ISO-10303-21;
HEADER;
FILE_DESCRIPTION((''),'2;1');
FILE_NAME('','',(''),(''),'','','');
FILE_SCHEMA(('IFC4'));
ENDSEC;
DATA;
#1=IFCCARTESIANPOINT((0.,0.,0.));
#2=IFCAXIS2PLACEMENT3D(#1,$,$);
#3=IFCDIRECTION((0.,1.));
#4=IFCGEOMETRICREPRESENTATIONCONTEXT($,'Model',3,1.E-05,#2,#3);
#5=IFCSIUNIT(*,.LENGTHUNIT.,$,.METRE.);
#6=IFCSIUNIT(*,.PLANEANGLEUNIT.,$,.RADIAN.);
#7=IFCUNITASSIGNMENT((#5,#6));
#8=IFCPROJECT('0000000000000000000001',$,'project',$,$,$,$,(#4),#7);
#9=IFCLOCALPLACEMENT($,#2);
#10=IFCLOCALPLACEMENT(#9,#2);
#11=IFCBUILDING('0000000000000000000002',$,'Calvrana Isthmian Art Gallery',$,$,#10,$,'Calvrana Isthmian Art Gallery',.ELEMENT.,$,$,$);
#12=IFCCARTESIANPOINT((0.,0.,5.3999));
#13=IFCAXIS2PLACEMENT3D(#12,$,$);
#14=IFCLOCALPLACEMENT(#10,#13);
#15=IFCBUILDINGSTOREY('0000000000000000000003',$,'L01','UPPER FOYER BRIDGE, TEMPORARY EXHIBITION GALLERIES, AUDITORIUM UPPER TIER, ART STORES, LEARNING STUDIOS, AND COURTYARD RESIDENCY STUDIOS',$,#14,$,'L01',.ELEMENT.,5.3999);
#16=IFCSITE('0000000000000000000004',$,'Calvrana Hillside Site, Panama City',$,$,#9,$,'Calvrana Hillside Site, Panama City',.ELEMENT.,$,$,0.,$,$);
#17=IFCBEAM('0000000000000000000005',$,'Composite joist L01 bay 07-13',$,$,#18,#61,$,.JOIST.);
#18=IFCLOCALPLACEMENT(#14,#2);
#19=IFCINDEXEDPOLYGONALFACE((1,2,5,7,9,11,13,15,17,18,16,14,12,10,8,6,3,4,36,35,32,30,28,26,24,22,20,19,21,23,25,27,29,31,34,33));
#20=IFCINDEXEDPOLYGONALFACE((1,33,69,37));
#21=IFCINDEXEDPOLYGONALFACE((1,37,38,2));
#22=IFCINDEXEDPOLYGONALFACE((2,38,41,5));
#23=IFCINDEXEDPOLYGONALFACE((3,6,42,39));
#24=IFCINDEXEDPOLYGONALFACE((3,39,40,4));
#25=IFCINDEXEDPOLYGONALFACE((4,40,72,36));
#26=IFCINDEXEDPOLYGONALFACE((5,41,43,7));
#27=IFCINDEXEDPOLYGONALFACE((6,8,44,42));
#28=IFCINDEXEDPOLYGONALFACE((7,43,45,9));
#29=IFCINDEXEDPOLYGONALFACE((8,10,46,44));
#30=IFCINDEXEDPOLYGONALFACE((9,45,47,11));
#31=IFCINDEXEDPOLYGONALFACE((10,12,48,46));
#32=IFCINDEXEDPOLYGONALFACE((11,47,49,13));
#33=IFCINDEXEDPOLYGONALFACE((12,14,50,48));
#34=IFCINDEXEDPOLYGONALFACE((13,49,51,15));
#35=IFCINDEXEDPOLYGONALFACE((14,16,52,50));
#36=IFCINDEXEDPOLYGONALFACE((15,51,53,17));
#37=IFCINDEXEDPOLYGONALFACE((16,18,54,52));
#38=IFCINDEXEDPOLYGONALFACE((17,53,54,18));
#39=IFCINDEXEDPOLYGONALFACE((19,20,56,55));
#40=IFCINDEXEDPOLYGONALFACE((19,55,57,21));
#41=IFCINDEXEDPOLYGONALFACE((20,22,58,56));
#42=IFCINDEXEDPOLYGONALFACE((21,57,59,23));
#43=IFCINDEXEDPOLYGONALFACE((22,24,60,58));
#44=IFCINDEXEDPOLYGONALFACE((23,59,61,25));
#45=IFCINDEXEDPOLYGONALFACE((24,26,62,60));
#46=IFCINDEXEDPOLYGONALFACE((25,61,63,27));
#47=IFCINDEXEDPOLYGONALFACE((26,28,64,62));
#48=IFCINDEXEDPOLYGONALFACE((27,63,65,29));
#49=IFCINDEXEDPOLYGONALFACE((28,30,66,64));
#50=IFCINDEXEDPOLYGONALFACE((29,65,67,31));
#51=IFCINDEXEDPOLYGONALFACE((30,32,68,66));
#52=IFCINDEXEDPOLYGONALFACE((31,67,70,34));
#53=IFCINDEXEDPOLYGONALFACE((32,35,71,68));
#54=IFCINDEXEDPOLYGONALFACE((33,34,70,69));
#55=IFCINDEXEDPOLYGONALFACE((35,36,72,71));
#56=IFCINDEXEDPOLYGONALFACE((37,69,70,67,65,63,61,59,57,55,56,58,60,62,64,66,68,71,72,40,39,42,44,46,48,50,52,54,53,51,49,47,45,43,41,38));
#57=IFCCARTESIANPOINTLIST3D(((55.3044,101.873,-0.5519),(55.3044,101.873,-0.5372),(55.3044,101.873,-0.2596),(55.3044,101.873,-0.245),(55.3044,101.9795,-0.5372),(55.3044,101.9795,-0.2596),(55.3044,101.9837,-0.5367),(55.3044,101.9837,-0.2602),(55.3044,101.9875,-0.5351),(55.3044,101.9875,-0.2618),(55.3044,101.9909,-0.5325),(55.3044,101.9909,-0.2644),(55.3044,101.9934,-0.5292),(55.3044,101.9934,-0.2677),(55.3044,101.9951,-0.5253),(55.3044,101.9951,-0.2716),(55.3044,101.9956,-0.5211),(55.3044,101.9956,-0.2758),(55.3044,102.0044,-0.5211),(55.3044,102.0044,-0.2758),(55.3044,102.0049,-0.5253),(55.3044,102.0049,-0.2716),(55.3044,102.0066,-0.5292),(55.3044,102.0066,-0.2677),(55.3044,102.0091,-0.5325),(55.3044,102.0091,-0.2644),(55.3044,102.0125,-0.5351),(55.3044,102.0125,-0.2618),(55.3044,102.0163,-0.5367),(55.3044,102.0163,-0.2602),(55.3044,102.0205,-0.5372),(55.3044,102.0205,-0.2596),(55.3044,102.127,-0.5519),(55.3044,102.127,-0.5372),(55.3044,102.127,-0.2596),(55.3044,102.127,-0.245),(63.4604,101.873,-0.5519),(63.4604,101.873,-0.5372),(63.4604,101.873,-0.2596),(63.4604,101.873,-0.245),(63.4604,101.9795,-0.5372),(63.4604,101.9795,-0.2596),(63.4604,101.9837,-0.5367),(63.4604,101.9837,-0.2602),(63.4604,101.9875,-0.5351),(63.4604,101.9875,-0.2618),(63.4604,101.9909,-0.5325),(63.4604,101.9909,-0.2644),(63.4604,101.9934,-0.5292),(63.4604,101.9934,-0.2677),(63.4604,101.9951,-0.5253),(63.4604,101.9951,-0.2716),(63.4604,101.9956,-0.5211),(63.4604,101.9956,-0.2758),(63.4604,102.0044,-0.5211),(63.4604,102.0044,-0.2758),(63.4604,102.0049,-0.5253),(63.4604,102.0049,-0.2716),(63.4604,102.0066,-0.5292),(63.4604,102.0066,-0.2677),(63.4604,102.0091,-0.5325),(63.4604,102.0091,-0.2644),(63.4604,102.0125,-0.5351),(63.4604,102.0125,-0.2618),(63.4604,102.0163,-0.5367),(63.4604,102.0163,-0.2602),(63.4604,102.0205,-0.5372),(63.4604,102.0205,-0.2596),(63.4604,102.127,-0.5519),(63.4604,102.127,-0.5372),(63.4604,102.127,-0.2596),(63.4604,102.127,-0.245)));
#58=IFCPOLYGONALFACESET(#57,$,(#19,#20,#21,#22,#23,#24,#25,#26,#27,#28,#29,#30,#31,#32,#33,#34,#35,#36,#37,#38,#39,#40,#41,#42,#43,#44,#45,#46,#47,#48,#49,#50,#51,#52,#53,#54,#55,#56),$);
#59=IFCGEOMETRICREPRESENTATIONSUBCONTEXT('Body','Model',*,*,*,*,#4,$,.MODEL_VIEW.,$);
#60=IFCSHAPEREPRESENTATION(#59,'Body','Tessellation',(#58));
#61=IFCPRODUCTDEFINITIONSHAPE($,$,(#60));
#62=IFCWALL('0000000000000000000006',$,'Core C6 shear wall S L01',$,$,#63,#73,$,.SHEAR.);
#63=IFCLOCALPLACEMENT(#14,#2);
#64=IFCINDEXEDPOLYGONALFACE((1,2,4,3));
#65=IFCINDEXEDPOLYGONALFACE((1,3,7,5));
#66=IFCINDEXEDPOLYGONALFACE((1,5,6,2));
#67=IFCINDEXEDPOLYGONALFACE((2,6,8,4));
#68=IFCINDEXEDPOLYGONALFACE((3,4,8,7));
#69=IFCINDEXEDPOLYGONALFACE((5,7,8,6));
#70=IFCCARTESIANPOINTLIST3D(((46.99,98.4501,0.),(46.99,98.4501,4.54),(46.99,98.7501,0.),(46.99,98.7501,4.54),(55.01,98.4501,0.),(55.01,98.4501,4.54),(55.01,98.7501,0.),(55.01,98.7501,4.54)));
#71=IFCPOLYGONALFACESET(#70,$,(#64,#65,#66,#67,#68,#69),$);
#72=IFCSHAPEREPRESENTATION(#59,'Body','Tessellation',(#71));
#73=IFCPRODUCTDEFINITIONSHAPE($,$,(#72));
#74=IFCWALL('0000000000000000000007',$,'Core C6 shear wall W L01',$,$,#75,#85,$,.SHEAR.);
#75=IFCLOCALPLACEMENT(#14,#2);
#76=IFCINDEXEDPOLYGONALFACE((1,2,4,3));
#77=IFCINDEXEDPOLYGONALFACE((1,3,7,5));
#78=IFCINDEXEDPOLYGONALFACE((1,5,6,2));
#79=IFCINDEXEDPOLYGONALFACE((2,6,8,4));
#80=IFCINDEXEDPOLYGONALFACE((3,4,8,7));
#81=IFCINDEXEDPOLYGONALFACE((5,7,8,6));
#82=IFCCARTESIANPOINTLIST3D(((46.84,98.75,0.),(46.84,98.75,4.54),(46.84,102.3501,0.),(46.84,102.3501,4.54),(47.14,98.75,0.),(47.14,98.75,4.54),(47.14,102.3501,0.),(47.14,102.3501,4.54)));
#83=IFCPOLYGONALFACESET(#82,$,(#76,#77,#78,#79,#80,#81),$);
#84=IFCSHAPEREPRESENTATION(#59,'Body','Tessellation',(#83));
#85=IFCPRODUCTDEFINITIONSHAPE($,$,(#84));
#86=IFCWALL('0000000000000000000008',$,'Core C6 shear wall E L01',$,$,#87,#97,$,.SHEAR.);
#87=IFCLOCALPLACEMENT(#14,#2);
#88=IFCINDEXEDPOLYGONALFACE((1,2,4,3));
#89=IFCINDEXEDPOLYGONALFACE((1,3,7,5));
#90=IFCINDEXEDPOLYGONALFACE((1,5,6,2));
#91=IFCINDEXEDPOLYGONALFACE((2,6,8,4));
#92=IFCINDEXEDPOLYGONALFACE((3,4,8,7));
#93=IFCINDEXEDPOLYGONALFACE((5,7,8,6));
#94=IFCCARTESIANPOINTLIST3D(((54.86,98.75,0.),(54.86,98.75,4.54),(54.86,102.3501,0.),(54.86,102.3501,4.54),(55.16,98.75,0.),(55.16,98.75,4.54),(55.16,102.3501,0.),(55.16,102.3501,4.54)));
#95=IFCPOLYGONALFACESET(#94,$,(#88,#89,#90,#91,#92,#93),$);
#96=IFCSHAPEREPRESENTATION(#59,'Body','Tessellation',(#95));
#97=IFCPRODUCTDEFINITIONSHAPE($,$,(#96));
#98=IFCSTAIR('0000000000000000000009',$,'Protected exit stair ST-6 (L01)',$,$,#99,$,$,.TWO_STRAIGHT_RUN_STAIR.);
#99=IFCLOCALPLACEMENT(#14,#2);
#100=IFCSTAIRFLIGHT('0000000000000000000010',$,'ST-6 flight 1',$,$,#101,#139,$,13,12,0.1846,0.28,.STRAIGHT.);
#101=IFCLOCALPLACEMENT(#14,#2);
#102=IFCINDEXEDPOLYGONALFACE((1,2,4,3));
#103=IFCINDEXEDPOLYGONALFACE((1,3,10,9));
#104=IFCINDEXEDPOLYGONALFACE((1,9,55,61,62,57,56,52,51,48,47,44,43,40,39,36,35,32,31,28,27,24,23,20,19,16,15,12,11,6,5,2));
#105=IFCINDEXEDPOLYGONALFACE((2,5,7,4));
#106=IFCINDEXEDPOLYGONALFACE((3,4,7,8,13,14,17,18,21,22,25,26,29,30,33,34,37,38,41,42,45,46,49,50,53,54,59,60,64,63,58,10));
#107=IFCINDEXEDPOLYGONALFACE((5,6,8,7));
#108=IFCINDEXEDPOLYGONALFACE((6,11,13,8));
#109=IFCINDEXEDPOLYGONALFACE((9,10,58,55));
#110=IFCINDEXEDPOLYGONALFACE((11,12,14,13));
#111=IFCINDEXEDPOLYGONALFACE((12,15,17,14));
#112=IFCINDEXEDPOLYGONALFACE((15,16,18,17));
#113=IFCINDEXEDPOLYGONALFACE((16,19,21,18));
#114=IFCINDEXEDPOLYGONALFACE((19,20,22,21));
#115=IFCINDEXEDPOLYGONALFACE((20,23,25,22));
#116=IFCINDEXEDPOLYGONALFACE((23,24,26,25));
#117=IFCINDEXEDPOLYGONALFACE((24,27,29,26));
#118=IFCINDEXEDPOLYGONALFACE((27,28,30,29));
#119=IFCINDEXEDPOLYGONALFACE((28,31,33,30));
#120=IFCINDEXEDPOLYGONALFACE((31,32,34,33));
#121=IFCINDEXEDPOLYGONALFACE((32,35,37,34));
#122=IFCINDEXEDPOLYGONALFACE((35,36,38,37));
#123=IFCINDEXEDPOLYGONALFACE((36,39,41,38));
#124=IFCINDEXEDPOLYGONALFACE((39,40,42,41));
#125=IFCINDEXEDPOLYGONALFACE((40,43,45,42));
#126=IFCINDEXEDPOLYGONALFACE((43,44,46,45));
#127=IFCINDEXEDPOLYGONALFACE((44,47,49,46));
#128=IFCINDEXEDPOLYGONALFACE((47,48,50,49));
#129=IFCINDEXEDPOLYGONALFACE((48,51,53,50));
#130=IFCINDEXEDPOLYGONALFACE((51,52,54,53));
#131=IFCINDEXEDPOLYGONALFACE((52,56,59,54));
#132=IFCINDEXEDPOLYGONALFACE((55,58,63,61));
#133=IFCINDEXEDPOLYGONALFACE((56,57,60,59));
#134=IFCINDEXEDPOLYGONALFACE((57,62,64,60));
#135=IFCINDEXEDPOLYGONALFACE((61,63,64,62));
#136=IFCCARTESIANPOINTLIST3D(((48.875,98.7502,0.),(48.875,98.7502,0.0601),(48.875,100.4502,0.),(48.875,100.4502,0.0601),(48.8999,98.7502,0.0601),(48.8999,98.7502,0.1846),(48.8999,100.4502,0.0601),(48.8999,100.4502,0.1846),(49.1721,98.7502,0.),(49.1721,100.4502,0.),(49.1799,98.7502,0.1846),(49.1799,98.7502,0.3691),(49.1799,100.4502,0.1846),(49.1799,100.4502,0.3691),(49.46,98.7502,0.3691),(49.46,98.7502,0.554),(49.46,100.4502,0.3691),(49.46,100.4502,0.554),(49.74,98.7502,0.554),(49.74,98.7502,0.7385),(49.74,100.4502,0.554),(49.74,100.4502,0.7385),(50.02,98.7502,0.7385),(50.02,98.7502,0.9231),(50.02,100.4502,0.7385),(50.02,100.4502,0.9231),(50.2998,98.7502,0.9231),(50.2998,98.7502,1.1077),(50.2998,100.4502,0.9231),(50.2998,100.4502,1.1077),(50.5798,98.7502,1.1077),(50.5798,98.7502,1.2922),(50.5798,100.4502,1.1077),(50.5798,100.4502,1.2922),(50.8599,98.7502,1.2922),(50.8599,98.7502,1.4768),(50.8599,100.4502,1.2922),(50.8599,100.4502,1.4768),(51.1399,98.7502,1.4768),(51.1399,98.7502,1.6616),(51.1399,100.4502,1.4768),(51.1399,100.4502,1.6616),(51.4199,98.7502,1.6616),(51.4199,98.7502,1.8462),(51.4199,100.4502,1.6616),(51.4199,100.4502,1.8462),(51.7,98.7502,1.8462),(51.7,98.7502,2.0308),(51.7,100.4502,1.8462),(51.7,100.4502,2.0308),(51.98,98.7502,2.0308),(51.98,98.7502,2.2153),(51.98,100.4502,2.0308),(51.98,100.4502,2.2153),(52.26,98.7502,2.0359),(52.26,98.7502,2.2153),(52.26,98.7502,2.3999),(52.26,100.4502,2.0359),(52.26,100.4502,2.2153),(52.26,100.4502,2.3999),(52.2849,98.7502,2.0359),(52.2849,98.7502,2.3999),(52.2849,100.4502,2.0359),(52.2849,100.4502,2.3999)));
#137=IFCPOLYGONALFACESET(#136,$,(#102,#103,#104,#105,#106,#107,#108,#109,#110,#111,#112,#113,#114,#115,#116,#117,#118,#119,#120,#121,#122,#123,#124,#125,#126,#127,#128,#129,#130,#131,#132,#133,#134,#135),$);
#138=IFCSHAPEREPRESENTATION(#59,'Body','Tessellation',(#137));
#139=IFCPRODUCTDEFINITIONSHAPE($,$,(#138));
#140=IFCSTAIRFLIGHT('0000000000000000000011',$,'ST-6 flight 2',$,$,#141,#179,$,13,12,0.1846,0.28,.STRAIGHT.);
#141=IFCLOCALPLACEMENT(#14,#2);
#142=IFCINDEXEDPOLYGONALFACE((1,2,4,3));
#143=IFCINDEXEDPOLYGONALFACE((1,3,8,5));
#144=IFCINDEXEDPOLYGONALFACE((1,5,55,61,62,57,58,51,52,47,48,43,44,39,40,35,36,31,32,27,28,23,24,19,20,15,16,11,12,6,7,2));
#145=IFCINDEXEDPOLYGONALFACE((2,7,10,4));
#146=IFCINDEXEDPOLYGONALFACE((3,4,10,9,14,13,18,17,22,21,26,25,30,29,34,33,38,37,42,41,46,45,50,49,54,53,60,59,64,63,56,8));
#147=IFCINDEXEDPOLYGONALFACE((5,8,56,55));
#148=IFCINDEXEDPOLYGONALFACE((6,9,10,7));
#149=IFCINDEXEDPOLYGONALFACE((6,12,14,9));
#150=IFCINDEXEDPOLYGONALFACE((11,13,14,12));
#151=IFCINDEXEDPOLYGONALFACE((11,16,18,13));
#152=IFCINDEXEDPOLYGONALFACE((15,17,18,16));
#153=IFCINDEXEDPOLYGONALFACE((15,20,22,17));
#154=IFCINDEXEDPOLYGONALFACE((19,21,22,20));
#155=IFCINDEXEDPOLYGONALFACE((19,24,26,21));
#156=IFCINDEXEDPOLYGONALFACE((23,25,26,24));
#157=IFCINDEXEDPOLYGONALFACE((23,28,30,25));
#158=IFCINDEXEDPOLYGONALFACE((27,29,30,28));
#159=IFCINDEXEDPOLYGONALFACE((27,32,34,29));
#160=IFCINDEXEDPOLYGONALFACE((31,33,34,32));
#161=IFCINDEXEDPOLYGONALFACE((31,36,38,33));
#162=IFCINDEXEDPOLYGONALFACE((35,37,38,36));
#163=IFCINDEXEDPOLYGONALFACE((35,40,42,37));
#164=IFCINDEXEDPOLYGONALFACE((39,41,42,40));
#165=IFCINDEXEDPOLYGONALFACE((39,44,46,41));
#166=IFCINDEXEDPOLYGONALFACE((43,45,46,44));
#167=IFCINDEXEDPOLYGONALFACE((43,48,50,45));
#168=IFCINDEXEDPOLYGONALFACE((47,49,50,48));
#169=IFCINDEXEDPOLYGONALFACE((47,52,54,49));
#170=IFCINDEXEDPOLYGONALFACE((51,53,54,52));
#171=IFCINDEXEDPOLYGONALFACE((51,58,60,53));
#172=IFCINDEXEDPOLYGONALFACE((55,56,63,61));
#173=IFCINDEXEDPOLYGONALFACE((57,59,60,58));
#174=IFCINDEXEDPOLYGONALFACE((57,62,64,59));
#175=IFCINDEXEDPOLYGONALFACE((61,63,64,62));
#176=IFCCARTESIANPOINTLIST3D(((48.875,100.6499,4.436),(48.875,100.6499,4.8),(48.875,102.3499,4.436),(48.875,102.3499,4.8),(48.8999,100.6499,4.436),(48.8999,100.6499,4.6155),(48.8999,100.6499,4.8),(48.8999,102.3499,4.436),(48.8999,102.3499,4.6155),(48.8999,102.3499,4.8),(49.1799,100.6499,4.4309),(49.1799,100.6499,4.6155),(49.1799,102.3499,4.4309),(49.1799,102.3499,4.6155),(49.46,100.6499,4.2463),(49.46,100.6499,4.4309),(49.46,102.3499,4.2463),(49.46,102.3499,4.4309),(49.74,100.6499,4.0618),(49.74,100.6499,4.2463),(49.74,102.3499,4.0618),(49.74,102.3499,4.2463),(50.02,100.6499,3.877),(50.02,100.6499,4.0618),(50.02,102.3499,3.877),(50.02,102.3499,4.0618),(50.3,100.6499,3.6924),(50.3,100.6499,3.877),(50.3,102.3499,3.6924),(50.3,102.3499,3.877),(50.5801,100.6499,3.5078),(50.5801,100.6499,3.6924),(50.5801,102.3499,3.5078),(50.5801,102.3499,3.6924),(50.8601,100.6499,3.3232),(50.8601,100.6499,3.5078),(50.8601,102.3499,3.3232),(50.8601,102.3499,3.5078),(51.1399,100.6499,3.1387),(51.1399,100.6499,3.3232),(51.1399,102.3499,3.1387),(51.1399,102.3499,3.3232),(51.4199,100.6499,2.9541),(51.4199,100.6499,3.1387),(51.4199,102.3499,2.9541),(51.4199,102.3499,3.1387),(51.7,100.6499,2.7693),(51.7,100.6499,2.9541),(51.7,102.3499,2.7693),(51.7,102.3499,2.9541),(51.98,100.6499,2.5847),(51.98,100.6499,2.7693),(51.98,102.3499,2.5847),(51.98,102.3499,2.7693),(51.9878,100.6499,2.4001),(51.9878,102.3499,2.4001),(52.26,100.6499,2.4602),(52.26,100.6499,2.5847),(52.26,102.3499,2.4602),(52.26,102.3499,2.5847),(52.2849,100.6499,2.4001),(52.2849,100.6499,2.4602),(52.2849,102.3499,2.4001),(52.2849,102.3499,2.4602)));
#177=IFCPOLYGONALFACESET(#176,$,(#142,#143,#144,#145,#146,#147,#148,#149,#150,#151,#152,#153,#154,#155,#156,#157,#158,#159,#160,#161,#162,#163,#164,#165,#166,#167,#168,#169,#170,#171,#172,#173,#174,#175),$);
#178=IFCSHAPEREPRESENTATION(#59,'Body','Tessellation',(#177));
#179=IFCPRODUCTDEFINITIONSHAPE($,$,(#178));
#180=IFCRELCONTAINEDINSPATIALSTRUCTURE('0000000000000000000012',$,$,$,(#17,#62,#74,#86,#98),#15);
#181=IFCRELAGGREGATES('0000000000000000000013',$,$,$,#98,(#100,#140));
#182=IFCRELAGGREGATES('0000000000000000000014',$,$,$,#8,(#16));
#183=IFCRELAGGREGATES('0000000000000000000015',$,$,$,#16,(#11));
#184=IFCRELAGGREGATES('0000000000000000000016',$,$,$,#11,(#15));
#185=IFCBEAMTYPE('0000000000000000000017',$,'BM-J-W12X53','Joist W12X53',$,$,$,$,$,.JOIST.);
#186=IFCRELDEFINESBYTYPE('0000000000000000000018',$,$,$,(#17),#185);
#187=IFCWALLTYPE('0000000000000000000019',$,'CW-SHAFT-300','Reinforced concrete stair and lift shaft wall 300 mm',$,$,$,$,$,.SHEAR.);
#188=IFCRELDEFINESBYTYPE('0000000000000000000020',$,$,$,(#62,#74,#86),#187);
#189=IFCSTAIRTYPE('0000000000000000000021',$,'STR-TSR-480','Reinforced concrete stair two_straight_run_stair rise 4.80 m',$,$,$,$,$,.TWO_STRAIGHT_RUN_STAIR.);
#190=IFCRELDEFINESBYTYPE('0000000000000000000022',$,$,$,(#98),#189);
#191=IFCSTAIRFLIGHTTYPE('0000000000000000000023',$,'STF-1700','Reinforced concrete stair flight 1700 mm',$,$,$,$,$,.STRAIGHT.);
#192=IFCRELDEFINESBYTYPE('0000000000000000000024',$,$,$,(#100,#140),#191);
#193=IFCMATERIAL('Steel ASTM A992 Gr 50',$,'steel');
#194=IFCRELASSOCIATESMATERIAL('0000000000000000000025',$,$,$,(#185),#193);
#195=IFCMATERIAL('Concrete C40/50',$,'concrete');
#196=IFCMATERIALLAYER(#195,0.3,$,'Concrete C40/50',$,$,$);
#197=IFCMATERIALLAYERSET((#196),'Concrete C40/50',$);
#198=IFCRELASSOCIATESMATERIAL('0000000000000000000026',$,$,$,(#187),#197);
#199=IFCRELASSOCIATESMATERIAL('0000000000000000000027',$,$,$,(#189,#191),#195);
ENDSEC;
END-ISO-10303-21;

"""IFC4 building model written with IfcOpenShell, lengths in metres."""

from ifc_helpers import new_model, si_unit, direction, frame, frame_2d, origin, origin_2d, place, context, subcontext, project, spatial, polyline, rectangle, i_section, outline, extrude, material, layer, layer_set, material_profile, profile_set, type_object, element, aggregate, save


model = new_model("IFC4")

# Units and contexts
model_context = context("Model", 3, precision=1e-05, world=origin(), true_north=direction((0.0, 1.0)))
body_context = subcontext(model_context, "Body", "Model", "MODEL_VIEW")
ifc_project = project(units=[si_unit("LENGTHUNIT", "METRE"), si_unit("PLANEANGLEUNIT", "RADIAN")], contexts=[model_context])

# Site, building, storey
site_placement = place(None, origin())
site = spatial("IfcSite", under=ifc_project, at=site_placement, Name="Calvrana Hillside Site, Panama City", LongName="Calvrana Hillside Site, Panama City", CompositionType="ELEMENT", RefElevation=0.0)
building_placement = place(site_placement, origin())
building = spatial("IfcBuilding", under=site, at=building_placement, Name="Calvrana Isthmian Art Gallery", LongName="Calvrana Isthmian Art Gallery", CompositionType="ELEMENT")
storey_placement = place(building_placement, frame((0.0, 0.0, 5.3999)))
storey = spatial("IfcBuildingStorey", under=building, at=storey_placement, Name="L01", Description="UPPER FOYER BRIDGE, TEMPORARY EXHIBITION GALLERIES, AUDITORIUM UPPER TIER, ART STORES, LEARNING STUDIOS, AND COURTYARD RESIDENCY STUDIOS", LongName="L01", CompositionType="ELEMENT", Elevation=5.3999)

# Shared definitions
ifc_material_1 = material(Name="Steel ASTM A992 Gr 50", Category="steel")

# Beam
ifc_material_profile_1 = material_profile(ifc_material_1, i_section(OverallWidth=0.2539, OverallDepth=0.3069, WebThickness=0.0088, FlangeThickness=0.0146, FilletRadius=0.0161, at=origin_2d()), Name="W12X53")
ifc_profile_set_1 = profile_set([ifc_material_profile_1], Name="Steel ASTM A992 Gr 50")
beam_type_1 = type_object("IfcBeamType", Name="BM-J-W12X53", Description="Joist W12X53", PredefinedType="JOIST", material=ifc_profile_set_1)
beam_1_placement = place(storey_placement, frame((55.3044, 102.0, -0.3984), z_axis=(1.0, 0.0, 0.0), x_axis=(0.0, 1.0, 0.0)))
element("IfcBeam", 1, at=beam_1_placement, inside=storey, type_object=beam_type_1, Name="Composite joist L01 bay 07-13", PredefinedType="JOIST", context=body_context, shape_type="SweptSolid", body=[
    extrude(i_section(OverallWidth=0.2539, OverallDepth=0.3069, WebThickness=0.0088, FlangeThickness=0.0146, FilletRadius=0.0161, at=origin_2d()), origin(), (0.0, 0.0, 1.0), 8.156),
])

# Walls
ifc_material_2 = material(Name="Concrete C40/50", Category="concrete")
ifc_layer = layer(ifc_material_2, 0.3, Name="Concrete C40/50")
ifc_layer_set = layer_set([ifc_layer], Name="Concrete C40/50")
wall_type = type_object("IfcWallType", Name="CW-SHAFT-300", Description="Reinforced concrete stair and lift shaft wall 300 mm", PredefinedType="SHEAR", material=ifc_layer_set)
wall_placement = place(storey_placement, frame((46.99, 98.6001, 0.0), z_axis=(0.0, 0.0, 1.0), x_axis=(1.0, 0.0, 0.0)))
element("IfcWall", 2, at=wall_placement, inside=storey, type_object=wall_type, Name="Core C6 shear wall S L01", PredefinedType="SHEAR", context=body_context, shape_type="SweptSolid", body=[
    extrude(rectangle(XDim=8.02, YDim=0.3, at=frame_2d((4.01, 0.0))), origin(), (0.0, 0.0, 1.0), 4.54),
])
for number, where, z_axis, x_axis, name in (
    (3, (46.99, 98.75, 0.0), (0.0, 0.0, 1.0), (0.0, 1.0, 0.0), "Core C6 shear wall W L01"),
    (4, (55.01, 98.75, 0.0), (0.0, 0.0, 1.0), (0.0, 1.0, 0.0), "Core C6 shear wall E L01"),
):
    element("IfcWall", number, at=place(storey_placement, frame(where, z_axis=z_axis, x_axis=x_axis)), inside=storey, type_object=wall_type, Name=name, PredefinedType="SHEAR", context=body_context, shape_type="SweptSolid", body=[
        extrude(rectangle(XDim=3.6001, YDim=0.3, at=frame_2d((1.8, 0.0))), origin(), (0.0, 0.0, 1.0), 4.54),
    ])

# Stair, stair flights
stair_type = type_object("IfcStairType", Name="STR-TSR-480", Description="Reinforced concrete stair two_straight_run_stair rise 4.80 m", PredefinedType="TWO_STRAIGHT_RUN_STAIR", material=ifc_material_2)
stair_placement = place(storey_placement, origin())
stair = element("IfcStair", 5, at=stair_placement, inside=storey, type_object=stair_type, Name="Protected exit stair ST-6 (L01)", PredefinedType="TWO_STRAIGHT_RUN_STAIR")
stair_flight_type = type_object("IfcStairFlightType", Name="STF-1700", Description="Reinforced concrete stair flight 1700 mm", PredefinedType="STRAIGHT", material=ifc_material_2)
stair_flight_1_placement = place(storey_placement, frame((48.8999, 99.6001, 0.0), z_axis=(0.0, 0.0, 1.0), x_axis=(1.0, 0.0, 0.0)))
stair_flight_1 = element("IfcStairFlight", 6, at=stair_flight_1_placement, type_object=stair_flight_type, Name="ST-6 flight 1", NumberOfRisers=13, NumberOfTreads=12, PredefinedType="STRAIGHT", RiserHeight=0.1846, TreadLength=0.28, context=body_context, shape_type="SweptSolid", body=[
    extrude(outline(polyline([(-0.0249, 0.0), (-0.0249, 0.0601), (0.0, 0.0601), (0.0, 0.1846), (0.28, 0.1846), (0.28, 0.3691), (0.5601, 0.3691), (0.5601, 0.554), (0.8401, 0.554), (0.8401, 0.7385), (1.1201, 0.7385), (1.1201, 0.9231), (1.3999, 0.9231), (1.3999, 1.1077), (1.6799, 1.1077), (1.6799, 1.2922), (1.96, 1.2922), (1.96, 1.4768), (2.24, 1.4768), (2.24, 1.6616), (2.52, 1.6616), (2.52, 1.8462), (2.8, 1.8462), (2.8, 2.0308), (3.0801, 2.0308), (3.0801, 2.2153), (3.3601, 2.2153), (3.3601, 2.3999), (3.385, 2.3999), (3.385, 2.0359), (3.3601, 2.0359), (0.2722, 0.0), (-0.0249, 0.0)])), frame((0.0, 0.8501, 0.0), z_axis=(0.0, -1.0, 0.0), x_axis=(1.0, 0.0, 0.0)), (0.0, 0.0, 1.0), 1.7),
])
stair_flight_2_placement = place(storey_placement, frame((52.26, 101.5, 2.4001), z_axis=(0.0, 0.0, 1.0), x_axis=(-1.0, 0.0, 0.0)))
stair_flight_2 = element("IfcStairFlight", 7, at=stair_flight_2_placement, type_object=stair_flight_type, Name="ST-6 flight 2", NumberOfRisers=13, NumberOfTreads=12, PredefinedType="STRAIGHT", RiserHeight=0.1846, TreadLength=0.28, context=body_context, shape_type="SweptSolid", body=[
    extrude(outline(polyline([(-0.0249, 0.0), (-0.0249, 0.0601), (0.0, 0.0601), (0.0, 0.1846), (0.28, 0.1846), (0.28, 0.3691), (0.5601, 0.3691), (0.5601, 0.554), (0.8401, 0.554), (0.8401, 0.7385), (1.1201, 0.7385), (1.1201, 0.9231), (1.3999, 0.9231), (1.3999, 1.1077), (1.6799, 1.1077), (1.6799, 1.2922), (1.96, 1.2922), (1.96, 1.4768), (2.24, 1.4768), (2.24, 1.6616), (2.52, 1.6616), (2.52, 1.8462), (2.8, 1.8462), (2.8, 2.0308), (3.0801, 2.0308), (3.0801, 2.2153), (3.3601, 2.2153), (3.3601, 2.3999), (3.385, 2.3999), (3.385, 2.0359), (3.3601, 2.0359), (0.2722, 0.0), (-0.0249, 0.0)])), frame((0.0, 0.8501, 0.0), z_axis=(0.0, -1.0, 0.0), x_axis=(1.0, 0.0, 0.0)), (0.0, 0.0, 1.0), 1.7),
])
aggregate(stair, [stair_flight_1, stair_flight_2])

save(model, "model.ifc")
